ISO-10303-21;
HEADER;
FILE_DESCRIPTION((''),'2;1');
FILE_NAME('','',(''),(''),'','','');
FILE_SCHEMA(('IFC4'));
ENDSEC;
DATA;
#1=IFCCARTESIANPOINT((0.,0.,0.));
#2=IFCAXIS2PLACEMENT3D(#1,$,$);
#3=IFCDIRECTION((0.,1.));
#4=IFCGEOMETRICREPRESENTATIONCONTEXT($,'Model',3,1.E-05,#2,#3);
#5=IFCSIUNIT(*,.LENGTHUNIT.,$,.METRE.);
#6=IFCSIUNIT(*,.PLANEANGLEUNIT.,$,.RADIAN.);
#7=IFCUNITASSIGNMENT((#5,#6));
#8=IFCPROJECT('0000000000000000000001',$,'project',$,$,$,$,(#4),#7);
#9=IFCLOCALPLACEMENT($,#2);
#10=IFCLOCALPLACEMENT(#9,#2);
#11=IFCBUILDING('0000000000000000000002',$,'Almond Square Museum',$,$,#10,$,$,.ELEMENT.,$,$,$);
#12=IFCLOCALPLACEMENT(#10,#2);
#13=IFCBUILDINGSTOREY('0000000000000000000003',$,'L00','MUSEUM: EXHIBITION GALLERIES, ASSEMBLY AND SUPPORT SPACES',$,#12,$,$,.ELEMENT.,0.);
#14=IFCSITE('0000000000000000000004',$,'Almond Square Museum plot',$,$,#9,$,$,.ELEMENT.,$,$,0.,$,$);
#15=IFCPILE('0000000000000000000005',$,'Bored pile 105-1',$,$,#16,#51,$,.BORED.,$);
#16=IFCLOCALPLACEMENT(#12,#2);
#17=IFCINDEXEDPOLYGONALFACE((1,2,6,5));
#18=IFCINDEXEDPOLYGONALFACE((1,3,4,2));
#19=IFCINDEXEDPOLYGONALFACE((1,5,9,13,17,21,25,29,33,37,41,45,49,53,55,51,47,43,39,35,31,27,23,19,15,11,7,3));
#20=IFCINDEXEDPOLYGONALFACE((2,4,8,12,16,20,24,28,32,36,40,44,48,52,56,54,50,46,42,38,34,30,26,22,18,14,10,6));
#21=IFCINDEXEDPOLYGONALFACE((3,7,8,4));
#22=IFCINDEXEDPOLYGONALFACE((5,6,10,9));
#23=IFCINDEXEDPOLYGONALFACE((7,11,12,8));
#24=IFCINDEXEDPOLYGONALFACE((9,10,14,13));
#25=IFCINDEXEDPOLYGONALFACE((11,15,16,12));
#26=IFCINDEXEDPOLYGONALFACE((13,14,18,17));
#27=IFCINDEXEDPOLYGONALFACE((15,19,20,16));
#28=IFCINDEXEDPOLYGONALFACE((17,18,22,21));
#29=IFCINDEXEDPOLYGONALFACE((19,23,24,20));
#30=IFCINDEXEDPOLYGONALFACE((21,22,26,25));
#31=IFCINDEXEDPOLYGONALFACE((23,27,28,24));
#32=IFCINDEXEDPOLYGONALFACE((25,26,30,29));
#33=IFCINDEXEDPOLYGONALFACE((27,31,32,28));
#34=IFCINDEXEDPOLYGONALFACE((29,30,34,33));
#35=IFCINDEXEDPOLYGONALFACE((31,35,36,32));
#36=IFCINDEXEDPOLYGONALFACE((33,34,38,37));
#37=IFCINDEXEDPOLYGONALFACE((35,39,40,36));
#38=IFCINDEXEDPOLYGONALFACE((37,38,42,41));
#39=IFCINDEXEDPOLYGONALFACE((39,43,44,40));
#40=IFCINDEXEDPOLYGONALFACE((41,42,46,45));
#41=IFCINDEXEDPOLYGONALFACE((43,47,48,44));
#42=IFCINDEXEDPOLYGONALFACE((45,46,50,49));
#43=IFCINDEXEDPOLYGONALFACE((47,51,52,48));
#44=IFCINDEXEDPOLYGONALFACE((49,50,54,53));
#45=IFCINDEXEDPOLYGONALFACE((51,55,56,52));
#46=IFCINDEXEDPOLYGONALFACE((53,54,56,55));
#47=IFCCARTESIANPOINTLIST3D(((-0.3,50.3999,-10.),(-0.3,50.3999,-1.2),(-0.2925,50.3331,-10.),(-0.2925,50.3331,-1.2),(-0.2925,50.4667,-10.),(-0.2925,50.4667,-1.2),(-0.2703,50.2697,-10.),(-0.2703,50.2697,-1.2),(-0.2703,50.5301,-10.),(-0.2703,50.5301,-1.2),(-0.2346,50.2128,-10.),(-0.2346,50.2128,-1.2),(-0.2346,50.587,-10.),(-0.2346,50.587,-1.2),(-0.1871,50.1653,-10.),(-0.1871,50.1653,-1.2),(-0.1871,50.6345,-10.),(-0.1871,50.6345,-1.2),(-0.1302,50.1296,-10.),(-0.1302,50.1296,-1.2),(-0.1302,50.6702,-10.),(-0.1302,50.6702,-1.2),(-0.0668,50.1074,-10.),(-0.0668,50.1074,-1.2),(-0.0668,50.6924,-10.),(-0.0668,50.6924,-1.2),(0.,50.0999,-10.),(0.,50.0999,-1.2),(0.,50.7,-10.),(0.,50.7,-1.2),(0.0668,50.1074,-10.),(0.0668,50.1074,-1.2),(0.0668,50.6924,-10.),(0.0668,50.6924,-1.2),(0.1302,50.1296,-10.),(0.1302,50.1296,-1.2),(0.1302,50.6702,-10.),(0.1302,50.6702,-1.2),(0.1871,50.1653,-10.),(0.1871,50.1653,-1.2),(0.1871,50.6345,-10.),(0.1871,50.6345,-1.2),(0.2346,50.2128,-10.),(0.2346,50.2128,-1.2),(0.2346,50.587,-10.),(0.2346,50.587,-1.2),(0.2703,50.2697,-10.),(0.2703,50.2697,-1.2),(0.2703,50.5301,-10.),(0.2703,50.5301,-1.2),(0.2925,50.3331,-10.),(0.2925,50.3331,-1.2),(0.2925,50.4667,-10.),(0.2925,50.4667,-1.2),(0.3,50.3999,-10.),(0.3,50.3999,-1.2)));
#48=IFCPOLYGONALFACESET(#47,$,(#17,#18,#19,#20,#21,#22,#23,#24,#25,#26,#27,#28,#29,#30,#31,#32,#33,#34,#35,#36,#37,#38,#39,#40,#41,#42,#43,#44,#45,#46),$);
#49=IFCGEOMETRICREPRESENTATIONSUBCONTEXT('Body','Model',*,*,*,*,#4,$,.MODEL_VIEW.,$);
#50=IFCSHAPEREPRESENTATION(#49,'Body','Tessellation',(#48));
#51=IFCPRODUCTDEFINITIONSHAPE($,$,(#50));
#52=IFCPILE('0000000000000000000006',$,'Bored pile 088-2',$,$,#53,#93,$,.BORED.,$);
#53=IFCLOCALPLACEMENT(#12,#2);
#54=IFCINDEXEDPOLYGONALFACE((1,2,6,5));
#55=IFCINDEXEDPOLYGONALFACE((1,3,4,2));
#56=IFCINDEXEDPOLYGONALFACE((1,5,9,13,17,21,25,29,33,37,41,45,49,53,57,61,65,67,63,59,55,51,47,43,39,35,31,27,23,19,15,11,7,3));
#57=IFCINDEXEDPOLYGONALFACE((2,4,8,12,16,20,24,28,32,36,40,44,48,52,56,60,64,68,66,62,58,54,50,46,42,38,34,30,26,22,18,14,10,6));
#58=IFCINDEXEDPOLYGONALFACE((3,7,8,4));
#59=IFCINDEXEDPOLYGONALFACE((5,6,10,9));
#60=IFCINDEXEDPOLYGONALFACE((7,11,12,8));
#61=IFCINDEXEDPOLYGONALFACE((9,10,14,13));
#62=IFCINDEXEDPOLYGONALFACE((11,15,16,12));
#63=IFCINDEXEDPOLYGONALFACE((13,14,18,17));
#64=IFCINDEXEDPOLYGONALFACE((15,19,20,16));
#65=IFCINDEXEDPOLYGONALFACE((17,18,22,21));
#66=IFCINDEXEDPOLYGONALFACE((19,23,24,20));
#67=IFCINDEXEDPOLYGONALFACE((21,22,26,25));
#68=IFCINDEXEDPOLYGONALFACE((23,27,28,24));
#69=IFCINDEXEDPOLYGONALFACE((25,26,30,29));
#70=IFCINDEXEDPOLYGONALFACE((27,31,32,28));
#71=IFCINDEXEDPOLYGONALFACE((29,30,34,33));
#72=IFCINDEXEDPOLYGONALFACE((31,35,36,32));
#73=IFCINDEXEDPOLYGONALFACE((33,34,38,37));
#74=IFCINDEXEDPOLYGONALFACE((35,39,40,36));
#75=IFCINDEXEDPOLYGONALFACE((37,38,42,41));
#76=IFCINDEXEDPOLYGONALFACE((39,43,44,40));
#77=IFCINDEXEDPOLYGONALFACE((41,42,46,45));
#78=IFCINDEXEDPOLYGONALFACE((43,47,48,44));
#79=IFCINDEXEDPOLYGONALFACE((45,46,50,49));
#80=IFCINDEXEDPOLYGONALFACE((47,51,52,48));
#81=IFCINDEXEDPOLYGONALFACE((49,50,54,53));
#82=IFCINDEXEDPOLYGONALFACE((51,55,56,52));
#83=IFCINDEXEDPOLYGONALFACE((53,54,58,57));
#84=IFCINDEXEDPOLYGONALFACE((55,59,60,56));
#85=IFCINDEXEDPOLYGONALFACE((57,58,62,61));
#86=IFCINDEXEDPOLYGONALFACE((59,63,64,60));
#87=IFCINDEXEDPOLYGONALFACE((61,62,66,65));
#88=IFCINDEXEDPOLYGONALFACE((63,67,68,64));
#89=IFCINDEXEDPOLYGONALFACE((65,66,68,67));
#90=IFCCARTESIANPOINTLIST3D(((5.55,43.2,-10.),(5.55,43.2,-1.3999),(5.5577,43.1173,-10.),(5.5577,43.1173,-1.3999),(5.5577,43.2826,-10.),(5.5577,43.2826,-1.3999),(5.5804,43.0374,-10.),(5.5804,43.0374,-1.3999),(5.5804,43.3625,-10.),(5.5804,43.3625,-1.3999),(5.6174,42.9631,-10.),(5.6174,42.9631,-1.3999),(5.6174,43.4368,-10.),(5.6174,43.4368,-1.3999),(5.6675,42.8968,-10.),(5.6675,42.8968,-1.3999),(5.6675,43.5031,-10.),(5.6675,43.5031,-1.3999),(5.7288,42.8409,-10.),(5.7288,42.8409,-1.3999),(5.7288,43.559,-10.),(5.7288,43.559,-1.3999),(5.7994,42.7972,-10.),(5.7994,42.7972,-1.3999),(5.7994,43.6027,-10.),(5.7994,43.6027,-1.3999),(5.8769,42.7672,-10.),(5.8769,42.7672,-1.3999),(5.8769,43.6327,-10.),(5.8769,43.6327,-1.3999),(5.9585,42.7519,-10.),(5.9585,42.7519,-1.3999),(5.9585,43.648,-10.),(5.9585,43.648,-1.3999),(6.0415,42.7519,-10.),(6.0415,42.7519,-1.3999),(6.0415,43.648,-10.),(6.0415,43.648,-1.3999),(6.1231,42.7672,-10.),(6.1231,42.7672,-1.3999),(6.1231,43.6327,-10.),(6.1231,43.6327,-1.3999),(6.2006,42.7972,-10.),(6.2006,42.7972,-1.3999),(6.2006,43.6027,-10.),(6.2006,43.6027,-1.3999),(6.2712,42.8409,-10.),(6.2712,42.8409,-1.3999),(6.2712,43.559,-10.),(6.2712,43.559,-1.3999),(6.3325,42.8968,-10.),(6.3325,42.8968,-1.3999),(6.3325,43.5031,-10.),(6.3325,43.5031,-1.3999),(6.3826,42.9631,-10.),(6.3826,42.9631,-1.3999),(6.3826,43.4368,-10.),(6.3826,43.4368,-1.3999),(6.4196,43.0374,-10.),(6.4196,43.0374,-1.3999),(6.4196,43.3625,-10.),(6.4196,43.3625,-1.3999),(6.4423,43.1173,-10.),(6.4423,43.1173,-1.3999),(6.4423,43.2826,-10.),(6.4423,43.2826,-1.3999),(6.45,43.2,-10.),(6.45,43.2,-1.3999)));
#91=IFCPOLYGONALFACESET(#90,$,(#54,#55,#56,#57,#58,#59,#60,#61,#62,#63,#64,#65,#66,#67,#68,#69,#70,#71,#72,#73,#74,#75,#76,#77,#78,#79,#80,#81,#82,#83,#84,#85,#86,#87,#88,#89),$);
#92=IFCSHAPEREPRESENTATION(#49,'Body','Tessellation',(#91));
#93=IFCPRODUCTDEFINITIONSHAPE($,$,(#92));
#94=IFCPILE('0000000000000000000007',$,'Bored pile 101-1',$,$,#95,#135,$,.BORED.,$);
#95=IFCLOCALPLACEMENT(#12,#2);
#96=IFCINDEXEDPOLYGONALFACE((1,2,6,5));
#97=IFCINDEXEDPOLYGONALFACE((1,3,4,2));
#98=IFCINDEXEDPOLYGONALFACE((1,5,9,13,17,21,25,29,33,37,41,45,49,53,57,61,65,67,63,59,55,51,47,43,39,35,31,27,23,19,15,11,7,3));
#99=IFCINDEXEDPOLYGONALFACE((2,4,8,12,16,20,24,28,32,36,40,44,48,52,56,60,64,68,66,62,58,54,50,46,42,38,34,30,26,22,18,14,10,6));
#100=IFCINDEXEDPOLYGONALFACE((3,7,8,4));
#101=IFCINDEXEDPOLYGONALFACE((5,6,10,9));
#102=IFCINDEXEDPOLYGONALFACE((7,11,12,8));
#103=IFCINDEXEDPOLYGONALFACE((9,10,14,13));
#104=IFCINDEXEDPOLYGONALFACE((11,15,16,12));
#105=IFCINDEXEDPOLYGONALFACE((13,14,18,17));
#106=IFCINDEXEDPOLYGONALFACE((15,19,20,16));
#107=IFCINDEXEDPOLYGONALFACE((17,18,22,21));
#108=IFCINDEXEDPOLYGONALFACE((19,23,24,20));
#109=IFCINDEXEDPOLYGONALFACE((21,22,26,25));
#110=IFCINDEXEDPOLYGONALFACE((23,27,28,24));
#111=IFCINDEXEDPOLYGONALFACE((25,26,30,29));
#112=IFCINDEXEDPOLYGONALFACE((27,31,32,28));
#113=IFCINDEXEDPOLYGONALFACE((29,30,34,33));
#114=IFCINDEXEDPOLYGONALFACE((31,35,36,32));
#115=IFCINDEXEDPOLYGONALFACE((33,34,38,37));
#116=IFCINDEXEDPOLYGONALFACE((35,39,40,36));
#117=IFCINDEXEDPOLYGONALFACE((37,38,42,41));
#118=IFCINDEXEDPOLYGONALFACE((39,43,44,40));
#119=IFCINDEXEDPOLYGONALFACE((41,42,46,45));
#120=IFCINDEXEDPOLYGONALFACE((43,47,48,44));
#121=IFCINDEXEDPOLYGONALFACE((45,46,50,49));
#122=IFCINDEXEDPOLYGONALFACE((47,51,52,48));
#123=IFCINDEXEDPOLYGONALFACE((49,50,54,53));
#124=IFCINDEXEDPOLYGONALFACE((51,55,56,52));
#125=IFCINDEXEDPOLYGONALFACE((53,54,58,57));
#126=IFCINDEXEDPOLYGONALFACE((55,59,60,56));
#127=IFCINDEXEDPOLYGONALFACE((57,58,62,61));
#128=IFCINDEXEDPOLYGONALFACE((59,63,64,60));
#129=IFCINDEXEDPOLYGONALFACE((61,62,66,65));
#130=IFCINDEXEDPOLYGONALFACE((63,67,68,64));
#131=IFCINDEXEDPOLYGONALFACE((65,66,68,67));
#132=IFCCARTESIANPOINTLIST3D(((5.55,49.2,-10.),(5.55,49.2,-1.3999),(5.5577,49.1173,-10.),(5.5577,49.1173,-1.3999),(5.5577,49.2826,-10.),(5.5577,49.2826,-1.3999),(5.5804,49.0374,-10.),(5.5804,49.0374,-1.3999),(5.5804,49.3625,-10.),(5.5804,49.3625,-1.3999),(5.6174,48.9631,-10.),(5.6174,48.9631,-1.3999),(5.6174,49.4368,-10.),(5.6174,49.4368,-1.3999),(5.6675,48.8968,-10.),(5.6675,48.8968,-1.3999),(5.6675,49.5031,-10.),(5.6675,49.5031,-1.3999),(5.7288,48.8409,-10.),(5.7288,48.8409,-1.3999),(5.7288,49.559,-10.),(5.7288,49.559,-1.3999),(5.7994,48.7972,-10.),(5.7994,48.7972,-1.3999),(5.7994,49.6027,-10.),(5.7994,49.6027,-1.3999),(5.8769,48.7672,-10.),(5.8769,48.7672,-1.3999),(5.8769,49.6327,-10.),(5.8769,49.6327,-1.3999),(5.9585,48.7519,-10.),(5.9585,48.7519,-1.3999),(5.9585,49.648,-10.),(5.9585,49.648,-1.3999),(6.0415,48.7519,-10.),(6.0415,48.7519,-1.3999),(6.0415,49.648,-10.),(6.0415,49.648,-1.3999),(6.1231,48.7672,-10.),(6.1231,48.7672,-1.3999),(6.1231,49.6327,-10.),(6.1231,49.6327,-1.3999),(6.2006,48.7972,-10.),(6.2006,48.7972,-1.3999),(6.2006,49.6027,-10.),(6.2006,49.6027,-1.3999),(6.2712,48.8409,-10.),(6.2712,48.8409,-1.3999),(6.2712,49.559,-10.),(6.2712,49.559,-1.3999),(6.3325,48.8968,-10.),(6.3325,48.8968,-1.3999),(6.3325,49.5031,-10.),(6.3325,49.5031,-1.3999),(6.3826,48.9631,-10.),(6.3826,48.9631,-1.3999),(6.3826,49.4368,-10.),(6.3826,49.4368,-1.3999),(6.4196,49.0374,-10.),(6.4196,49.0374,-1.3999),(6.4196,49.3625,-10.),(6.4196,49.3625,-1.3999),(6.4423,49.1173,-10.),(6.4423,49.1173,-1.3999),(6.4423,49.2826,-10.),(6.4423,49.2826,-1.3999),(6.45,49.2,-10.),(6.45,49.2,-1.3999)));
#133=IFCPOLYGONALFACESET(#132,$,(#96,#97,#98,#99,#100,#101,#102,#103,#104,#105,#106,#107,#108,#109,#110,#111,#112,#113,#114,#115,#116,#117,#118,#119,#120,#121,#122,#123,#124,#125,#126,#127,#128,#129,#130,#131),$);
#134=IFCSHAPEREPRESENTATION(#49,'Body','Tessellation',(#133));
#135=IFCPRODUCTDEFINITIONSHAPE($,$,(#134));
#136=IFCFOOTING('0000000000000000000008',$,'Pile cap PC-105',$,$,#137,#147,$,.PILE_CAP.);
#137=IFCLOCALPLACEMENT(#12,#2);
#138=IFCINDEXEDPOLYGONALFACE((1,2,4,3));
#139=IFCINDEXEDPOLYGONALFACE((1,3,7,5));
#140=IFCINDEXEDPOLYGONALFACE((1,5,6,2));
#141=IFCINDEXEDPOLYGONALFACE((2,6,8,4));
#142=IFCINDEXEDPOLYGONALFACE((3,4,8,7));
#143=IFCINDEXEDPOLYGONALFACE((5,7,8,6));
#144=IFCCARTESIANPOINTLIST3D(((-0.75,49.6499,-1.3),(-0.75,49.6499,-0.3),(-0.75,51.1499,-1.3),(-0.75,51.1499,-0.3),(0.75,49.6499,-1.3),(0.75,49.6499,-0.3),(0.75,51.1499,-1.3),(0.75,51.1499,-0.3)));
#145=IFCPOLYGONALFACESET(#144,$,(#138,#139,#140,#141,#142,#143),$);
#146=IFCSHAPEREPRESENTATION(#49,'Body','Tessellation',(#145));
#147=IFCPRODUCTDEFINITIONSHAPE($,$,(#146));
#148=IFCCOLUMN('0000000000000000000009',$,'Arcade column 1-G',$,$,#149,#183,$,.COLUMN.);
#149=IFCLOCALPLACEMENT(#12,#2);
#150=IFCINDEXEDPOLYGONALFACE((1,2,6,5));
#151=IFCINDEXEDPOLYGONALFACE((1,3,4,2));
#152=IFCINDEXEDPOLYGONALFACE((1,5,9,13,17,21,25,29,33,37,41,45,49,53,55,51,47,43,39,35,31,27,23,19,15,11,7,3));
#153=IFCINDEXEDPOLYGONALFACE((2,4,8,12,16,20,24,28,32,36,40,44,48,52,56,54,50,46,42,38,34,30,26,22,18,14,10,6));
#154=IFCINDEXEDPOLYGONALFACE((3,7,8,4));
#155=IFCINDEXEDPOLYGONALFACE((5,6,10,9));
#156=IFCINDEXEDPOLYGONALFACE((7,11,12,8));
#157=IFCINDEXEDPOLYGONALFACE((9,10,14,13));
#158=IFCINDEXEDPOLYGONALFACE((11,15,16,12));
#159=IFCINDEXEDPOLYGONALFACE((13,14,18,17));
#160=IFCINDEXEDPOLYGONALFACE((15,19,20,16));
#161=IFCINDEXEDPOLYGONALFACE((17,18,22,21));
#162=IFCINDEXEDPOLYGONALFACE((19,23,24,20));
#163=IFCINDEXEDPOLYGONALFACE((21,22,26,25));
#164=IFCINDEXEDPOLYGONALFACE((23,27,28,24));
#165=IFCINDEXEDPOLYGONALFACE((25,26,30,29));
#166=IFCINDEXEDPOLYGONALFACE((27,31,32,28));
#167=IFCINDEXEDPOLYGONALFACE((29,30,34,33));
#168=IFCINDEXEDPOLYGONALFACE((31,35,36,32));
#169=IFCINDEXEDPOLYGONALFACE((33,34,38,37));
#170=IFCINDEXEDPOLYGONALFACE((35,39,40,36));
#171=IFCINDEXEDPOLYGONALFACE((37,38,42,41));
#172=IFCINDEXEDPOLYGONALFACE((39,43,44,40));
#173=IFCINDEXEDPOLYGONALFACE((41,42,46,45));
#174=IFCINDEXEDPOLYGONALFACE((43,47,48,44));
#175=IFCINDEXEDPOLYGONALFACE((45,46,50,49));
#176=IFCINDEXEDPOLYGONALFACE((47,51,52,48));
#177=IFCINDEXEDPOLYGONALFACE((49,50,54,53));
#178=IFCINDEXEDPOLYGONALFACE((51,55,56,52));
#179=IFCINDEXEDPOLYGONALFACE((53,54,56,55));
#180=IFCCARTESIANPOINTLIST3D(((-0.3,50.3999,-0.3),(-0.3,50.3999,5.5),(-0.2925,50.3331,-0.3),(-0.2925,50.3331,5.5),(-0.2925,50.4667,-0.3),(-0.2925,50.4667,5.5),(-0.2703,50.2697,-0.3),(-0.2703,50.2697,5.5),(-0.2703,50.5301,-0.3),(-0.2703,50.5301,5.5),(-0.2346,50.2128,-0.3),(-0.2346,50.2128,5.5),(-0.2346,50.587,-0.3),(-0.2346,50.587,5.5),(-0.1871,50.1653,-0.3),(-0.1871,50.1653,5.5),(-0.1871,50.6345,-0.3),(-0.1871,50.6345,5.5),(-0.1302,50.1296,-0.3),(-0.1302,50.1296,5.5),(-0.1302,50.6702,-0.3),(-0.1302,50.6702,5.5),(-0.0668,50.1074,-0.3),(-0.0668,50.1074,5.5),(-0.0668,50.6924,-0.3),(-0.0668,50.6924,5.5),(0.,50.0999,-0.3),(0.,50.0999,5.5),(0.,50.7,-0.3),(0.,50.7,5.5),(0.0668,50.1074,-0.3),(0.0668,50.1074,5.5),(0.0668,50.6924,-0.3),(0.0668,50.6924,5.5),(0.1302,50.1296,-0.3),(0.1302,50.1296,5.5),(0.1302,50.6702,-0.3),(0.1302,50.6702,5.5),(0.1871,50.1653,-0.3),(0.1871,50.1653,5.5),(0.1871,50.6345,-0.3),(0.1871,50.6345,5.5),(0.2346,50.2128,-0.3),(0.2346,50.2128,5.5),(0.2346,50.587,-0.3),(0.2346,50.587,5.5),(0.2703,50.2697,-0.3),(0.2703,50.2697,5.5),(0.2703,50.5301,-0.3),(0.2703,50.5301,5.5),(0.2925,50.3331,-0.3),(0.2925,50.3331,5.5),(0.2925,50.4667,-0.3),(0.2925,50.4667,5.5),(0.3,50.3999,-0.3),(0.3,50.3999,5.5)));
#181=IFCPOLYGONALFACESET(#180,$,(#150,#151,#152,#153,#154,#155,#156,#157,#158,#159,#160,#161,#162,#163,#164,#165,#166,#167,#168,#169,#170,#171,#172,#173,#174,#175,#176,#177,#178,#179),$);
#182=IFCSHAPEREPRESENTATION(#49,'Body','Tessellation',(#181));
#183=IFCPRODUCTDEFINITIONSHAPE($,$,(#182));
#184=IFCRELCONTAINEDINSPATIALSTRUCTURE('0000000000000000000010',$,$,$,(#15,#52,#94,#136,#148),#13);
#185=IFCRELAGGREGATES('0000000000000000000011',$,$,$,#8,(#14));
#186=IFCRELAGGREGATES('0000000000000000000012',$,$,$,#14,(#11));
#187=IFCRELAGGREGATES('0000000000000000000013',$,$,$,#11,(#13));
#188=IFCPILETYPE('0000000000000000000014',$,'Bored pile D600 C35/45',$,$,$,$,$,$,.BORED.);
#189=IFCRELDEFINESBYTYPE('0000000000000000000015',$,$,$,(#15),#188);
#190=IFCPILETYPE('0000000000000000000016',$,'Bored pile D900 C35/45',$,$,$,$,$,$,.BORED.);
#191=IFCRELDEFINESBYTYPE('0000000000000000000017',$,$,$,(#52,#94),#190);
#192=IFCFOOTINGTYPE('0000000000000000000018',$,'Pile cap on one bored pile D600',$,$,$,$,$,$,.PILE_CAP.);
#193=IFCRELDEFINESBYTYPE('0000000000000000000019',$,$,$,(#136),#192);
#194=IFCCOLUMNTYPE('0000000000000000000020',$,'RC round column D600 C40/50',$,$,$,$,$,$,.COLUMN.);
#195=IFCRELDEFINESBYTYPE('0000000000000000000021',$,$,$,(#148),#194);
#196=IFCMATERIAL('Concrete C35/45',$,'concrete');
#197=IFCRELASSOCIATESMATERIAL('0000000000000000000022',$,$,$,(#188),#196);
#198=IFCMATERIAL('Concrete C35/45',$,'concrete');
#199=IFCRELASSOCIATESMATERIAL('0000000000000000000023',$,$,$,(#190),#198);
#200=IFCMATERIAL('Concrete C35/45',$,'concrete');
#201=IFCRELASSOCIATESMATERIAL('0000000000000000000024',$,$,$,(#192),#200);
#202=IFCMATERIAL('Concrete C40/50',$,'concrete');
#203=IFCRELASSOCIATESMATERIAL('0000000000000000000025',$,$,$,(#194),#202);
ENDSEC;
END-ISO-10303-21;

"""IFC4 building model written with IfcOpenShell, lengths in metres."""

from ifc_helpers import new_model, si_unit, direction, frame, origin, origin_2d, place, context, subcontext, project, spatial, rectangle, circle, extrude, material, material_profile, profile_set, type_object, element, save


model = new_model("IFC4")

# Units and contexts
model_context = context("Model", 3, precision=1e-05, world=origin(), true_north=direction((0.0, 1.0)))
body_context = subcontext(model_context, "Body", "Model", "MODEL_VIEW")
ifc_project = project(units=[si_unit("LENGTHUNIT", "METRE"), si_unit("PLANEANGLEUNIT", "RADIAN")], contexts=[model_context])

# Site, building, storey
site_placement = place(None, origin())
site = spatial("IfcSite", under=ifc_project, at=site_placement, Name="Almond Square Museum plot", CompositionType="ELEMENT", RefElevation=0.0)
building_placement = place(site_placement, origin())
building = spatial("IfcBuilding", under=site, at=building_placement, Name="Almond Square Museum", CompositionType="ELEMENT")
storey_placement = place(building_placement, origin())
storey = spatial("IfcBuildingStorey", under=building, at=storey_placement, Name="L00", Description="MUSEUM: EXHIBITION GALLERIES, ASSEMBLY AND SUPPORT SPACES", CompositionType="ELEMENT", Elevation=0.0)

# Piles
ifc_material_1 = material(Name="Concrete C35/45", Category="concrete")
ifc_material_profile_1 = material_profile(ifc_material_1, circle(Radius=0.3, at=origin_2d()))
ifc_profile_set_1 = profile_set([ifc_material_profile_1], Name="Concrete C35/45")
pile_type_1 = type_object("IfcPileType", Name="Bored pile D600 C35/45", PredefinedType="BORED", material=ifc_profile_set_1)
pile_placement = place(storey_placement, frame((0.0, 50.3999, -1.2), z_axis=(0.0, 0.0, -1.0), x_axis=(1.0, 0.0, 0.0)))
element("IfcPile", 1, at=pile_placement, inside=storey, type_object=pile_type_1, Name="Bored pile 105-1", PredefinedType="BORED", context=body_context, shape_type="SweptSolid", body=[
    extrude(circle(Radius=0.3, at=origin_2d()), origin(), (0.0, 0.0, 1.0), 8.8),
])
ifc_material_2 = material(Name="Concrete C35/45", Category="concrete")
ifc_material_profile_2 = material_profile(ifc_material_2, circle(Radius=0.45, at=origin_2d()))
ifc_profile_set_2 = profile_set([ifc_material_profile_2], Name="Concrete C35/45")
pile_type_2 = type_object("IfcPileType", Name="Bored pile D900 C35/45", PredefinedType="BORED", material=ifc_profile_set_2)
for number, where, z_axis, x_axis, name in (
    (2, (6.0, 43.2, -1.3999), (0.0, 0.0, -1.0), (1.0, 0.0, 0.0), "Bored pile 088-2"),
    (3, (6.0, 49.2, -1.3999), (0.0, 0.0, -1.0), (1.0, 0.0, 0.0), "Bored pile 101-1"),
):
    element("IfcPile", number, at=place(storey_placement, frame(where, z_axis=z_axis, x_axis=x_axis)), inside=storey, type_object=pile_type_2, Name=name, PredefinedType="BORED", context=body_context, shape_type="SweptSolid", body=[
        extrude(circle(Radius=0.45, at=origin_2d()), origin(), (0.0, 0.0, 1.0), 8.6001),
    ])

# Footing
ifc_material_3 = material(Name="Concrete C35/45", Category="concrete")
footing_type = type_object("IfcFootingType", Name="Pile cap on one bored pile D600", PredefinedType="PILE_CAP", material=ifc_material_3)
footing_placement = place(storey_placement, frame((0.0, 50.3999, -1.3), z_axis=(0.0, 0.0, 1.0), x_axis=(1.0, 0.0, 0.0)))
element("IfcFooting", 4, at=footing_placement, inside=storey, type_object=footing_type, Name="Pile cap PC-105", PredefinedType="PILE_CAP", context=body_context, shape_type="SweptSolid", body=[
    extrude(rectangle(XDim=1.5, YDim=1.5, at=origin_2d()), origin(), (0.0, 0.0, 1.0), 1.0),
])

# Column
ifc_material_4 = material(Name="Concrete C40/50", Category="concrete")
ifc_material_profile_3 = material_profile(ifc_material_4, circle(Radius=0.3, at=origin_2d()))
ifc_profile_set_3 = profile_set([ifc_material_profile_3], Name="Concrete C40/50")
column_type = type_object("IfcColumnType", Name="RC round column D600 C40/50", PredefinedType="COLUMN", material=ifc_profile_set_3)
column_placement = place(storey_placement, frame((0.0, 50.3999, -0.3), z_axis=(0.0, 0.0, 1.0), x_axis=(1.0, 0.0, 0.0)))
element("IfcColumn", 5, at=column_placement, inside=storey, type_object=column_type, Name="Arcade column 1-G", PredefinedType="COLUMN", context=body_context, shape_type="SweptSolid", body=[
    extrude(circle(Radius=0.3, at=origin_2d()), origin(), (0.0, 0.0, 1.0), 5.8),
])

save(model, "model.ifc")
